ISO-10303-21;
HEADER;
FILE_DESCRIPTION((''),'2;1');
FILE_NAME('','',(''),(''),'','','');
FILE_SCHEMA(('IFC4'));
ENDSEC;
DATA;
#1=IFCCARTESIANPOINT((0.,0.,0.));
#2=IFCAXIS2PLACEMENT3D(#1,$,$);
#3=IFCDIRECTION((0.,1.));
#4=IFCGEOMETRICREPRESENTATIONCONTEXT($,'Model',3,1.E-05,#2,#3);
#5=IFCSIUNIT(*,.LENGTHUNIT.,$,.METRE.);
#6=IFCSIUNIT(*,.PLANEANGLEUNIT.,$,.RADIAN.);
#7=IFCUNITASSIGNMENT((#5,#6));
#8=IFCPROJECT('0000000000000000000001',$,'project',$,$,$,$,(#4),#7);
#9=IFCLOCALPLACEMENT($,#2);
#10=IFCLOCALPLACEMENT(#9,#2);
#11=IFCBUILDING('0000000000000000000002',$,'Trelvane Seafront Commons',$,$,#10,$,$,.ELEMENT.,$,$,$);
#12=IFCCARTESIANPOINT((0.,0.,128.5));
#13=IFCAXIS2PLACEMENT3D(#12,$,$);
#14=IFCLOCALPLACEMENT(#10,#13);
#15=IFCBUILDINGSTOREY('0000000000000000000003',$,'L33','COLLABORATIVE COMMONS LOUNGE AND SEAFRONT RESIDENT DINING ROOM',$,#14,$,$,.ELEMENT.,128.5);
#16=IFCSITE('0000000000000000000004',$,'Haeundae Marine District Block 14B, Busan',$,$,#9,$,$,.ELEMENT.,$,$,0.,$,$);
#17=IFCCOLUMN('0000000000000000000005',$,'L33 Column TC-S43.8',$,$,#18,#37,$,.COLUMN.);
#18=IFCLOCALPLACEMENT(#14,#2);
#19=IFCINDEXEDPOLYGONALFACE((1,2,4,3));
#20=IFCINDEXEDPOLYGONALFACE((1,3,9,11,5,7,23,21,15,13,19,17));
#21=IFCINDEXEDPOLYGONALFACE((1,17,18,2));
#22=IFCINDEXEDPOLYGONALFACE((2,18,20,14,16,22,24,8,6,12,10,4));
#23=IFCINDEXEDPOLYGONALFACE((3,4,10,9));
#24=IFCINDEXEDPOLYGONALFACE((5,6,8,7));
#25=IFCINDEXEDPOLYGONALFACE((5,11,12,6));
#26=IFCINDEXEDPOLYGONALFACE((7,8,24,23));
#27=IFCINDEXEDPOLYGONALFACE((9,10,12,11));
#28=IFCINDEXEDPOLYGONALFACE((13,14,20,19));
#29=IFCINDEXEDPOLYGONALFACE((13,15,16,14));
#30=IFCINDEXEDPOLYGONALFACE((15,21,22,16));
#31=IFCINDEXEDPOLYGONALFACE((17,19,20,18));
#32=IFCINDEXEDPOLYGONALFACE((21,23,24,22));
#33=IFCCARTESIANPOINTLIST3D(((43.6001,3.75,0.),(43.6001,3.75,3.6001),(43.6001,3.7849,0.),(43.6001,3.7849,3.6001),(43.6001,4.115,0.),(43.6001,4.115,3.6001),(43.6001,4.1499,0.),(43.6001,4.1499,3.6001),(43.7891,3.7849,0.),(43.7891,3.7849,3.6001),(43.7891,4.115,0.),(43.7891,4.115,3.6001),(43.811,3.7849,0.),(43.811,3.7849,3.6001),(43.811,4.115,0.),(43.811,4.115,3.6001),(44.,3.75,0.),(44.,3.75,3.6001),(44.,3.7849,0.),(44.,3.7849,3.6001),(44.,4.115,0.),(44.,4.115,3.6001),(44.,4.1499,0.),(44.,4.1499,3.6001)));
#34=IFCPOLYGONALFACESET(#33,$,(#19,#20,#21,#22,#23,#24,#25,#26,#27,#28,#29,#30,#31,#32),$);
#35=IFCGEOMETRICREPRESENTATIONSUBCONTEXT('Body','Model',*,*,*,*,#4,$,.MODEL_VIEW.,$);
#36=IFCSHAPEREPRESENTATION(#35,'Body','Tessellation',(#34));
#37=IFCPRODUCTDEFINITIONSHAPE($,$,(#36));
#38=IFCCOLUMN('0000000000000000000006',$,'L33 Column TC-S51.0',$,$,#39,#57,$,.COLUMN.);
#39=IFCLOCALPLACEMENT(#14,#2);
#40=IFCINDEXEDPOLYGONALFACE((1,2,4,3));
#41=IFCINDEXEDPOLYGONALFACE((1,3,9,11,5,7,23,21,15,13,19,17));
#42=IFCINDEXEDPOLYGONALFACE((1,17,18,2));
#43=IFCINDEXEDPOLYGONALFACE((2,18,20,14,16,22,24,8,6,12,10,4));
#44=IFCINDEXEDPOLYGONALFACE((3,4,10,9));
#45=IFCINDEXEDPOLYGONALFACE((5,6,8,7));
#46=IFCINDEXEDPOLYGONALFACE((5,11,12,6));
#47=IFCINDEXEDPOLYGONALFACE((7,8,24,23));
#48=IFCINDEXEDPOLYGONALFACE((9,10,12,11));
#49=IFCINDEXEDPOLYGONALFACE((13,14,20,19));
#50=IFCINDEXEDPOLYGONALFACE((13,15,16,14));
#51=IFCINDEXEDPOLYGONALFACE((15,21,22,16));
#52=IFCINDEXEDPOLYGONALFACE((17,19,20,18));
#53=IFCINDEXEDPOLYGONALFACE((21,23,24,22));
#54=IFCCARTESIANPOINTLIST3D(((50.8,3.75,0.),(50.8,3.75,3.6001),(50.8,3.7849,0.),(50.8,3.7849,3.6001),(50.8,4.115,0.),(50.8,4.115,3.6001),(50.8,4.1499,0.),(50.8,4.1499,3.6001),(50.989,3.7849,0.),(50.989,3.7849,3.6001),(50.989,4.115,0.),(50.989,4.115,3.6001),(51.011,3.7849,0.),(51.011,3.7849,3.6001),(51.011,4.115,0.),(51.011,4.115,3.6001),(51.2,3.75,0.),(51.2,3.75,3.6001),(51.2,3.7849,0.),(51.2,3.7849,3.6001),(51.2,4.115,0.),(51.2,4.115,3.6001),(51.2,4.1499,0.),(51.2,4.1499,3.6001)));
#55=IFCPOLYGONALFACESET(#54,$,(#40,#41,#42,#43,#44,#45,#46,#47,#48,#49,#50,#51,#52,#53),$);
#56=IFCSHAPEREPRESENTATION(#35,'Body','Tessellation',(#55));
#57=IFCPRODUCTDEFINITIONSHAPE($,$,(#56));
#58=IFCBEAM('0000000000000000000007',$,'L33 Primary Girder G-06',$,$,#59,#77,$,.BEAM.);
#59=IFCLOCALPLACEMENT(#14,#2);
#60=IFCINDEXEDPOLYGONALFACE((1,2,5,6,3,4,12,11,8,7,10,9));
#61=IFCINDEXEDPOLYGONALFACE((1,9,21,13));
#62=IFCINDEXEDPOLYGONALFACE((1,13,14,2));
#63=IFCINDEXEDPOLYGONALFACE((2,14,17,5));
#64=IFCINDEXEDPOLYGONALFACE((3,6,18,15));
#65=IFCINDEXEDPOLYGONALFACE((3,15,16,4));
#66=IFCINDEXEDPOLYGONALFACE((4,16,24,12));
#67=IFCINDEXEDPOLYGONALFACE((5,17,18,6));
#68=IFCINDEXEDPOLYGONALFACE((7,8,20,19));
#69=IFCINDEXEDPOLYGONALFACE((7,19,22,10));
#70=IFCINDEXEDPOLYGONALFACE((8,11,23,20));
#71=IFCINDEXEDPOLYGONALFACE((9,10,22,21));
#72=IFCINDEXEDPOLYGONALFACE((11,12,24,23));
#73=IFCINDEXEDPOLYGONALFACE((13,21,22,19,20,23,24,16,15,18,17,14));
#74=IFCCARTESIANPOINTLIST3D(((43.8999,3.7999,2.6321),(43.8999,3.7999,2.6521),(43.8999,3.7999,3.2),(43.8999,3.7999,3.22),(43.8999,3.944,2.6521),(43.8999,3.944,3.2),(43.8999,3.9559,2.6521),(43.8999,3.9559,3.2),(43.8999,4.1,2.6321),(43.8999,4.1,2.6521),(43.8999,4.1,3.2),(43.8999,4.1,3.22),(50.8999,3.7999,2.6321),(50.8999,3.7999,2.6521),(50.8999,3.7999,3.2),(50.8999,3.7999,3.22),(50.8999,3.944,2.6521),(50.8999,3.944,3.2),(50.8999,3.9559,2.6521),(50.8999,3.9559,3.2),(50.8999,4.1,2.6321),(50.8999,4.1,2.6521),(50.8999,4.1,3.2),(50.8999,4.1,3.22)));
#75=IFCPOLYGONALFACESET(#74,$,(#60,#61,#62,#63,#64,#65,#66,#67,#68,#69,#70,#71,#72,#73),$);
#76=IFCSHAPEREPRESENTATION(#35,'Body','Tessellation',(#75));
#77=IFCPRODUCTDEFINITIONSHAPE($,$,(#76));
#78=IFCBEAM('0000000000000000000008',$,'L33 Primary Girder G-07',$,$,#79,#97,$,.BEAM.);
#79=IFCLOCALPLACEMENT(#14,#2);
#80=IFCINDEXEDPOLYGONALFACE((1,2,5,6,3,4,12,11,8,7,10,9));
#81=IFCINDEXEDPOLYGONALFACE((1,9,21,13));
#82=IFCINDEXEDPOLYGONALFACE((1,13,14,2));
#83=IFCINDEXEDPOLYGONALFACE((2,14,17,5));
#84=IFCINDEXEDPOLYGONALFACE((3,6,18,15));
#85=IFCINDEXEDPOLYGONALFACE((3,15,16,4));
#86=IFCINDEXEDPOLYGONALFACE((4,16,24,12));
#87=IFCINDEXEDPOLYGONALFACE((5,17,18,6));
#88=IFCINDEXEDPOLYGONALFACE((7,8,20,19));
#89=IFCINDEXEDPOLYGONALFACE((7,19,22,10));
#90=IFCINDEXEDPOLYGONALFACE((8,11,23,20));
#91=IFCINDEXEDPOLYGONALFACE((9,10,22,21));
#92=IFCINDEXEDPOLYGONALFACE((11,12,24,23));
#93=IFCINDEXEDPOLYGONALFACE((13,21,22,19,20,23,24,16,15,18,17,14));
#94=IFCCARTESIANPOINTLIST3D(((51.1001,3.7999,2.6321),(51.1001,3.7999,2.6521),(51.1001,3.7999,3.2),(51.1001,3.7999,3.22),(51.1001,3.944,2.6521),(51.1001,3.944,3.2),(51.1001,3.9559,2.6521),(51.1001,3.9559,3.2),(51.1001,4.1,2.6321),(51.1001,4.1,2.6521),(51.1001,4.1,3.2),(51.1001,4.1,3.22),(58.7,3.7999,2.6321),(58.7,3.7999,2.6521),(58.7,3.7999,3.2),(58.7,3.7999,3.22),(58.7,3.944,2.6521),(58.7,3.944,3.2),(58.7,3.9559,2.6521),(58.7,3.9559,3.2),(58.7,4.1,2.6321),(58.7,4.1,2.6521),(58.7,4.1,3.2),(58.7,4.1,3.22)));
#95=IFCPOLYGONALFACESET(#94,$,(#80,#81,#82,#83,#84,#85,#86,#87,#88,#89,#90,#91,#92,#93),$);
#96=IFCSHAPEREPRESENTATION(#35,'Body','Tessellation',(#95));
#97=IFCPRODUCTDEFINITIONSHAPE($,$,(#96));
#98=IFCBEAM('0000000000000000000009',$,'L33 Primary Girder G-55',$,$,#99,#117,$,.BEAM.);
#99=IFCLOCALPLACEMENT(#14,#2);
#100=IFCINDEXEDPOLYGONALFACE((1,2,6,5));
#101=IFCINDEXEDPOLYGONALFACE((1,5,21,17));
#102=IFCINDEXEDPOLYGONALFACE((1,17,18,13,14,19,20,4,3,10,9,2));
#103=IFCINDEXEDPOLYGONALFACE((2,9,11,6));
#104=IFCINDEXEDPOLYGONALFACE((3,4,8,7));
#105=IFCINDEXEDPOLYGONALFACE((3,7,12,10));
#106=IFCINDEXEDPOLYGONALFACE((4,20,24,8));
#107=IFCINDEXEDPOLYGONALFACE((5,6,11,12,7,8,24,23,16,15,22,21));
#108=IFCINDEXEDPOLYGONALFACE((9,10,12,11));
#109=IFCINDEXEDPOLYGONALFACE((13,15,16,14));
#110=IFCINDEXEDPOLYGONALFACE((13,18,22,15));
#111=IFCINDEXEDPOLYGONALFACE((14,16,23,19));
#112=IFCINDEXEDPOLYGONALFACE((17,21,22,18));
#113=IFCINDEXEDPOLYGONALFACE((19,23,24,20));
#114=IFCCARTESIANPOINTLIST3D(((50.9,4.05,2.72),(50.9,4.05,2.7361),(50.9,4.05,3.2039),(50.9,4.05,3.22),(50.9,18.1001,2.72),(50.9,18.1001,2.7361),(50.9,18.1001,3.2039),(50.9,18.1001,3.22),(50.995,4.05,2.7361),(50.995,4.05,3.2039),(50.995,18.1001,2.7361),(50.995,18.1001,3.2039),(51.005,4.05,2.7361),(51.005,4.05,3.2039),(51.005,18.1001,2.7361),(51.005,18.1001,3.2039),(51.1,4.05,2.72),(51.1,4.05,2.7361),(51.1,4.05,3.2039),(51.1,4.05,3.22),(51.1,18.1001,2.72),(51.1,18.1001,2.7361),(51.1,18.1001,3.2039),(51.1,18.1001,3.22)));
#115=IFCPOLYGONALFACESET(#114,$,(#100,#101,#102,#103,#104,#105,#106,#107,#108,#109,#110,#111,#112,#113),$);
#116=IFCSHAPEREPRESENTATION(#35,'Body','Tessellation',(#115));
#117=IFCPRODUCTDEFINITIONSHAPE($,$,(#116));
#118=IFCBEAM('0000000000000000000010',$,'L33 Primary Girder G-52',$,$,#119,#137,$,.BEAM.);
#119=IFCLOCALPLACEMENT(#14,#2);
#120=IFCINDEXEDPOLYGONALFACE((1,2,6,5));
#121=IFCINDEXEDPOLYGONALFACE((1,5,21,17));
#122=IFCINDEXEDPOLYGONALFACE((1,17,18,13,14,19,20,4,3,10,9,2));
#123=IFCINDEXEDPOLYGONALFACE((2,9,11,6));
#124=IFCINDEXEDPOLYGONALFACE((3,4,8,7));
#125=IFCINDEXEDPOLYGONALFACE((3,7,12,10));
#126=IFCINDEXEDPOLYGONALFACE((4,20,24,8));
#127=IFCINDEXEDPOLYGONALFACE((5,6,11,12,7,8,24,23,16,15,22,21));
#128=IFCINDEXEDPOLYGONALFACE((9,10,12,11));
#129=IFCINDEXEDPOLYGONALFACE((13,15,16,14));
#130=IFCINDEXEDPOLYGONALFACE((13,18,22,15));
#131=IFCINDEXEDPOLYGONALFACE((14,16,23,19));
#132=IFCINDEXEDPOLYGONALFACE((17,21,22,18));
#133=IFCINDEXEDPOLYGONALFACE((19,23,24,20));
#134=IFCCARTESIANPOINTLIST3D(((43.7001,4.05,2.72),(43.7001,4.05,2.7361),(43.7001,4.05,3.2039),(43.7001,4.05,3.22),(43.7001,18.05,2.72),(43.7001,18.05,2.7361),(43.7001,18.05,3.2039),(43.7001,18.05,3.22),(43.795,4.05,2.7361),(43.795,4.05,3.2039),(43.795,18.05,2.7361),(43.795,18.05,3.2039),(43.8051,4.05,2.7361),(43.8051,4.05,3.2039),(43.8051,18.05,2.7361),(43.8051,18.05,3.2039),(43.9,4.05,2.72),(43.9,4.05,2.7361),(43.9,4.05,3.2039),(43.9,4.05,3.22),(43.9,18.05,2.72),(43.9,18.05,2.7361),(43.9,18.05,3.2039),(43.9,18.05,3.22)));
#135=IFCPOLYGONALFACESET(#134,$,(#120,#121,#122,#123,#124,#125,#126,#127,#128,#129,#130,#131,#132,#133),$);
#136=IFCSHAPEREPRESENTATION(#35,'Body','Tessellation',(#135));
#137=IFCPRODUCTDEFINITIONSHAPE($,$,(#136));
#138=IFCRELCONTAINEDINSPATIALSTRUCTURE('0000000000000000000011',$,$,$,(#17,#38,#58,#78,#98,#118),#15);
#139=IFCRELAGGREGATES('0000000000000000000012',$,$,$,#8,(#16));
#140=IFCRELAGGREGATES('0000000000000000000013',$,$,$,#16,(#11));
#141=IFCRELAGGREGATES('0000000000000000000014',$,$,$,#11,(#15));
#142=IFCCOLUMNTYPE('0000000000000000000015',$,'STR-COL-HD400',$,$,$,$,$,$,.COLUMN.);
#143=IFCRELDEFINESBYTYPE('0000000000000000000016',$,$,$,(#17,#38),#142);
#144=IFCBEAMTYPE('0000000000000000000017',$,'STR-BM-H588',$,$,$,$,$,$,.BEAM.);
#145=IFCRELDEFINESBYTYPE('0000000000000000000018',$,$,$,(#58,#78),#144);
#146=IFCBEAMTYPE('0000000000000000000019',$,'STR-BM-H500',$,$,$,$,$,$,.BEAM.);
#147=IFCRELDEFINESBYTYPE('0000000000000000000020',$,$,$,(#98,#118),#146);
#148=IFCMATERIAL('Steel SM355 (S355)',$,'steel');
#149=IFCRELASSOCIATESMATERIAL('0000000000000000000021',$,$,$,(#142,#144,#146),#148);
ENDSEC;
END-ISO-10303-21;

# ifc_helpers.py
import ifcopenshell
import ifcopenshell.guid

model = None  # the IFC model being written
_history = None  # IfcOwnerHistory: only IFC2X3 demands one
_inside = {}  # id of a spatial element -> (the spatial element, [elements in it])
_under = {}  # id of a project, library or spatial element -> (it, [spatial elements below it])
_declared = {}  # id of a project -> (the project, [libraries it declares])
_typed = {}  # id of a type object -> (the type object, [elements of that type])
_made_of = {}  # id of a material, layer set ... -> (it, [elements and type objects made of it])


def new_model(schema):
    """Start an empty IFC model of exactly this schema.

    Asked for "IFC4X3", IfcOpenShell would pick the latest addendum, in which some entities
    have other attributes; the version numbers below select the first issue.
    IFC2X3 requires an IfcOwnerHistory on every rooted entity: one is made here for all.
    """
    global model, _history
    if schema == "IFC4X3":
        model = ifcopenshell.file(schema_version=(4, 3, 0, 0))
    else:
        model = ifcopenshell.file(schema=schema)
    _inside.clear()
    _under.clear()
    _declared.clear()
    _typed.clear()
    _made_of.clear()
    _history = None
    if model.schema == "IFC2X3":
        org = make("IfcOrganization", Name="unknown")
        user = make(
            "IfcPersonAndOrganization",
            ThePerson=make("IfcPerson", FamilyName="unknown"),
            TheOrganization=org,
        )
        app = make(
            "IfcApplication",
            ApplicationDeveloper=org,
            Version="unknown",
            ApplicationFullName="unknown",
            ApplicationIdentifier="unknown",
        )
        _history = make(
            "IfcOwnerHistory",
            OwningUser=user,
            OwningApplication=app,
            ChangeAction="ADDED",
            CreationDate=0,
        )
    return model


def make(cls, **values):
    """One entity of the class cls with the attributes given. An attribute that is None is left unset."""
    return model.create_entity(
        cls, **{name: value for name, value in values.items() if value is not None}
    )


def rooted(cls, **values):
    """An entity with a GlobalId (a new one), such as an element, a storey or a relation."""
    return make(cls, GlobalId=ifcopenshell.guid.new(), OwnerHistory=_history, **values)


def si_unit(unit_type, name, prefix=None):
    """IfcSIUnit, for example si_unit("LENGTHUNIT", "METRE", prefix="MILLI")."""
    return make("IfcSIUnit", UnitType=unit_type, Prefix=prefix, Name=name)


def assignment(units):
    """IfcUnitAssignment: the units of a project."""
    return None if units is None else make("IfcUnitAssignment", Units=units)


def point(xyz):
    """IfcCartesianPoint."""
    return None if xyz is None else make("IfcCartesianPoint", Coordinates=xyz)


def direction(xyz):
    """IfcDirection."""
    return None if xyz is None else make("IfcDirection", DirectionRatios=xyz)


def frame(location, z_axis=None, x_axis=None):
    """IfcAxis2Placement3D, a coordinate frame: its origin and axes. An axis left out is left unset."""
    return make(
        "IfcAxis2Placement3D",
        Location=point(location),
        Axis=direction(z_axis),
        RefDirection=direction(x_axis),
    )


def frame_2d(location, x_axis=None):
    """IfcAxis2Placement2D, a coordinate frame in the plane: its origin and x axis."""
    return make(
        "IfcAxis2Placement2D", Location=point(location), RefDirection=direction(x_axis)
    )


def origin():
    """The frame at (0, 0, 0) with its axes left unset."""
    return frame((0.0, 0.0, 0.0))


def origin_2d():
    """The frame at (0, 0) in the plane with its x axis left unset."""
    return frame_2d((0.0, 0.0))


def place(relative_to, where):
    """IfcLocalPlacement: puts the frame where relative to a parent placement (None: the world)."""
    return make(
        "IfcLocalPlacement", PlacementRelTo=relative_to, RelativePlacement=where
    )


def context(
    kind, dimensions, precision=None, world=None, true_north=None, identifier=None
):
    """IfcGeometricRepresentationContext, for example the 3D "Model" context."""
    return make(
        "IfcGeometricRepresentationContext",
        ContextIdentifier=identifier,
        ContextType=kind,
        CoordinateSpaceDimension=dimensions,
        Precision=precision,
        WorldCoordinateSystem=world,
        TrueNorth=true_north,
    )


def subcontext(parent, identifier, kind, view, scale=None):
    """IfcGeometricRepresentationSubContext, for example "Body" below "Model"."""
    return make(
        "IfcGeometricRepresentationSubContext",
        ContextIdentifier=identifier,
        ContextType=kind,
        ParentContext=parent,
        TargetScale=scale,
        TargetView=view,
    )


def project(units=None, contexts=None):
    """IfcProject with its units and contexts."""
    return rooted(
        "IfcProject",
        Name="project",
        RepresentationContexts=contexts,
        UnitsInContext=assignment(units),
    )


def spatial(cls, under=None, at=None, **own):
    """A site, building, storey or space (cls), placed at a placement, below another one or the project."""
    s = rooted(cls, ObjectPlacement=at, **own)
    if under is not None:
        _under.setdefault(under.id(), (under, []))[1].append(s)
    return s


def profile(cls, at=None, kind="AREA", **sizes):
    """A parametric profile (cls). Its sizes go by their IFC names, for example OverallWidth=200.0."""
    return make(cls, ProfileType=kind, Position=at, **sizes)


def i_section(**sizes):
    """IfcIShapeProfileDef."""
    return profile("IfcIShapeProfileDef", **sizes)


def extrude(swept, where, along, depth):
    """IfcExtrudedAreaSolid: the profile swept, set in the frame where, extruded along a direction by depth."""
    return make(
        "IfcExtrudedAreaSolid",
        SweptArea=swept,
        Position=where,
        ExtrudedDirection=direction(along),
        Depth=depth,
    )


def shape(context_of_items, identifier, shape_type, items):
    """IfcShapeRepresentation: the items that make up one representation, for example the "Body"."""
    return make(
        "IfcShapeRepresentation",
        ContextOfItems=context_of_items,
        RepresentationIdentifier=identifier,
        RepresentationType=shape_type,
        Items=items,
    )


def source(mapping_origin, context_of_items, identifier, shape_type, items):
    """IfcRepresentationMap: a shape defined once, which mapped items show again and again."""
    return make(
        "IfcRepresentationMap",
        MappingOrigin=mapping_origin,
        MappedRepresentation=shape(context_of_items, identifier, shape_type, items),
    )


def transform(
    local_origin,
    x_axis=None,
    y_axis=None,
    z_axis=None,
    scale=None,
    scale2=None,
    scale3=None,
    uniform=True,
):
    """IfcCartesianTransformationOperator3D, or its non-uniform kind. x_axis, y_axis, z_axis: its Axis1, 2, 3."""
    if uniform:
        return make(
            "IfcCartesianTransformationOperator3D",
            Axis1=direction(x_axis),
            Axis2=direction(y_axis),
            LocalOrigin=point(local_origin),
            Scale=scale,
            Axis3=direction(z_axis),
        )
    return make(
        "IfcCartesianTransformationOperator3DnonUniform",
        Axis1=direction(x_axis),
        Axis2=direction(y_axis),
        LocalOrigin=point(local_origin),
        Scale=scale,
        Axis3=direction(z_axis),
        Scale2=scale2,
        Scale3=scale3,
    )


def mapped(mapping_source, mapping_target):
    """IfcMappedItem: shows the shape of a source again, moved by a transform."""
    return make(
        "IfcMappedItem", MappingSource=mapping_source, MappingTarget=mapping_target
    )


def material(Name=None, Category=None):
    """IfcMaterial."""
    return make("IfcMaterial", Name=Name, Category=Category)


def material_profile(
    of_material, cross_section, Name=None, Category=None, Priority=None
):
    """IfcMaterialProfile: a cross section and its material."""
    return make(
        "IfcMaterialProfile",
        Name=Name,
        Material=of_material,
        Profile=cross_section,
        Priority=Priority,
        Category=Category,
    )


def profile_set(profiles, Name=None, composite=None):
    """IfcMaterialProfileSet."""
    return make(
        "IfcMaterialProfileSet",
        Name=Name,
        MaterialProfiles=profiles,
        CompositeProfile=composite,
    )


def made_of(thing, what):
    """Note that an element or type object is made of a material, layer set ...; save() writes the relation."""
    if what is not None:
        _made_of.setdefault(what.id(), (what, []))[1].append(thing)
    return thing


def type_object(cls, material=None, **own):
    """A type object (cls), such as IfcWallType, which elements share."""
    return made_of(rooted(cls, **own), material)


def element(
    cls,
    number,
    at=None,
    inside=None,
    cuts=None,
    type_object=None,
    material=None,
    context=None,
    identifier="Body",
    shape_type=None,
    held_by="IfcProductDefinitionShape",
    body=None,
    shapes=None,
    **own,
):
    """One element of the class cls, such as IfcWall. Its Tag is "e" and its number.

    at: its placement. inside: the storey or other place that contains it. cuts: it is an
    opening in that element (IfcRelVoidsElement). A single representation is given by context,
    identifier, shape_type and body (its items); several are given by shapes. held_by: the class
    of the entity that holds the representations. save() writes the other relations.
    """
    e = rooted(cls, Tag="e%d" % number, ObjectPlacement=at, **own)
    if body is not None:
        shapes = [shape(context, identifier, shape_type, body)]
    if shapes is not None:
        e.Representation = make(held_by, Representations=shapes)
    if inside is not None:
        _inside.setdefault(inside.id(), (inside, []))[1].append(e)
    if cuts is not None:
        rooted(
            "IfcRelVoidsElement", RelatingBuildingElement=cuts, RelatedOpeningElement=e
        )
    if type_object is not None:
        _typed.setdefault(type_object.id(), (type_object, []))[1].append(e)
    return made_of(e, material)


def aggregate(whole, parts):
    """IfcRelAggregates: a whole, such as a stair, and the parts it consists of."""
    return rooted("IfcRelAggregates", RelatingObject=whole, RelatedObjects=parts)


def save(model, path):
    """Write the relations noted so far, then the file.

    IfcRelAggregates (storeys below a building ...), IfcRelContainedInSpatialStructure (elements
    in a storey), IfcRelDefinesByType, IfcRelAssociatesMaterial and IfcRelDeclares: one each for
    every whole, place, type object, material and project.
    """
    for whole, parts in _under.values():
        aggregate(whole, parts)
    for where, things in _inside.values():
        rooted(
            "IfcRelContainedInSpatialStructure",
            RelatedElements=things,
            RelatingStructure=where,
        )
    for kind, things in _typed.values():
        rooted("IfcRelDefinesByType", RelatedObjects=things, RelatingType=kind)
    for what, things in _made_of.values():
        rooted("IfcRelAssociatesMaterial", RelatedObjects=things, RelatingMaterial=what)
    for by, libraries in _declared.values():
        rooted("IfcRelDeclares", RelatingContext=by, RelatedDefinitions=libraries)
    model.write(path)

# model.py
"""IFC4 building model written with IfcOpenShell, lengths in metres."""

from ifc_helpers import new_model, si_unit, direction, frame, origin, origin_2d, place, context, subcontext, project, spatial, i_section, extrude, source, transform, mapped, material, material_profile, profile_set, type_object, element, save


model = new_model("IFC4")

# Units and contexts
model_context = context("Model", 3, precision=1e-05, world=origin(), true_north=direction((0.0, 1.0)))
body_context = subcontext(model_context, "Body", "Model", "MODEL_VIEW")
ifc_project = project(units=[si_unit("LENGTHUNIT", "METRE"), si_unit("PLANEANGLEUNIT", "RADIAN")], contexts=[model_context])

# Site, building, storey
site_placement = place(None, origin())
site = spatial("IfcSite", under=ifc_project, at=site_placement, Name="Haeundae Marine District Block 14B, Busan", CompositionType="ELEMENT", RefElevation=0.0)
building_placement = place(site_placement, origin())
building = spatial("IfcBuilding", under=site, at=building_placement, Name="Trelvane Seafront Commons", CompositionType="ELEMENT")
storey_placement = place(building_placement, frame((0.0, 0.0, 128.5)))
storey = spatial("IfcBuildingStorey", under=building, at=storey_placement, Name="L33", Description="COLLABORATIVE COMMONS LOUNGE AND SEAFRONT RESIDENT DINING ROOM", CompositionType="ELEMENT", Elevation=128.5)

# Columns
ifc_material_1 = material(Name="Steel SM355 (S355)", Category="steel")
ifc_material_profile_1 = material_profile(ifc_material_1, i_section(OverallWidth=0.3999, OverallDepth=0.3999, WebThickness=0.022, FlangeThickness=0.0349, at=origin_2d()), Name="HD-400x400x22x35")
ifc_profile_set_1 = profile_set([ifc_material_profile_1], Name="Steel SM355 (S355)")
column_type = type_object("IfcColumnType", Name="STR-COL-HD400", PredefinedType="COLUMN", material=ifc_profile_set_1)
shared_shape_1 = source(origin(), body_context, "Body", "SweptSolid", [
    extrude(i_section(OverallWidth=0.3999, OverallDepth=0.3999, WebThickness=0.022, FlangeThickness=0.0349, at=origin_2d()), origin(), (0.0, 0.0, 1.0), 3.6001),
])
for number, where, z_axis, x_axis, name in (
    (1, (43.8, 3.95, 0.0), (0.0, 0.0, 1.0), (1.0, 0.0, 0.0), "L33 Column TC-S43.8"),
    (2, (51.0, 3.95, 0.0), (0.0, 0.0, 1.0), (1.0, 0.0, 0.0), "L33 Column TC-S51.0"),
):
    element("IfcColumn", number, at=place(storey_placement, frame(where, z_axis=z_axis, x_axis=x_axis)), inside=storey, type_object=column_type, Name=name, PredefinedType="COLUMN", context=body_context, shape_type="MappedRepresentation", body=[
        mapped(shared_shape_1, transform((0.0, 0.0, 0.0), x_axis=(1.0, 0.0, 0.0), y_axis=(0.0, 1.0, 0.0), z_axis=(0.0, 0.0, 1.0), scale=1.0)),
    ])

# Beams
ifc_material_profile_2 = material_profile(ifc_material_1, i_section(OverallWidth=0.3, OverallDepth=0.5879, WebThickness=0.012, FlangeThickness=0.02, at=origin_2d()), Name="H-588x300x12x20")
ifc_profile_set_2 = profile_set([ifc_material_profile_2], Name="Steel SM355 (S355)")
beam_type_1 = type_object("IfcBeamType", Name="STR-BM-H588", PredefinedType="BEAM", material=ifc_profile_set_2)
shared_shape_2 = source(origin(), body_context, "Body", "SweptSolid", [
    extrude(i_section(OverallWidth=0.3, OverallDepth=0.5879, WebThickness=0.012, FlangeThickness=0.02, at=origin_2d()), origin(), (0.0, 0.0, 1.0), 7.0),
])
beam_1_placement = place(storey_placement, frame((43.8999, 3.95, 2.926), z_axis=(1.0, 0.0, 0.0), x_axis=(0.0, 1.0, 0.0)))
element("IfcBeam", 3, at=beam_1_placement, inside=storey, type_object=beam_type_1, Name="L33 Primary Girder G-06", PredefinedType="BEAM", context=body_context, shape_type="MappedRepresentation", body=[
    mapped(shared_shape_2, transform((0.0, 0.0, 0.0), x_axis=(1.0, 0.0, 0.0), y_axis=(0.0, 1.0, 0.0), z_axis=(0.0, 0.0, 1.0), scale=1.0)),
])
shared_shape_3 = source(origin(), body_context, "Body", "SweptSolid", [
    extrude(i_section(OverallWidth=0.3, OverallDepth=0.5879, WebThickness=0.012, FlangeThickness=0.02, at=origin_2d()), origin(), (0.0, 0.0, 1.0), 7.5999),
])
beam_2_placement = place(storey_placement, frame((51.1001, 3.95, 2.926), z_axis=(1.0, 0.0, 0.0), x_axis=(0.0, 1.0, 0.0)))
element("IfcBeam", 4, at=beam_2_placement, inside=storey, type_object=beam_type_1, Name="L33 Primary Girder G-07", PredefinedType="BEAM", context=body_context, shape_type="MappedRepresentation", body=[
    mapped(shared_shape_3, transform((0.0, 0.0, 0.0), x_axis=(1.0, 0.0, 0.0), y_axis=(0.0, 1.0, 0.0), z_axis=(0.0, 0.0, 1.0), scale=1.0)),
])
ifc_material_profile_3 = material_profile(ifc_material_1, i_section(OverallWidth=0.2, OverallDepth=0.5, WebThickness=0.01, FlangeThickness=0.0161, at=origin_2d()), Name="H-500x200x10x16")
ifc_profile_set_3 = profile_set([ifc_material_profile_3], Name="Steel SM355 (S355)")
beam_type_2 = type_object("IfcBeamType", Name="STR-BM-H500", PredefinedType="BEAM", material=ifc_profile_set_3)
shared_shape_4 = source(origin(), body_context, "Body", "SweptSolid", [
    extrude(i_section(OverallWidth=0.2, OverallDepth=0.5, WebThickness=0.01, FlangeThickness=0.0161, at=origin_2d()), origin(), (0.0, 0.0, 1.0), 14.05),
])
beam_3_placement = place(storey_placement, frame((51.0, 4.05, 2.97), z_axis=(0.0, 1.0, 0.0), x_axis=(-1.0, 0.0, 0.0)))
element("IfcBeam", 5, at=beam_3_placement, inside=storey, type_object=beam_type_2, Name="L33 Primary Girder G-55", PredefinedType="BEAM", context=body_context, shape_type="MappedRepresentation", body=[
    mapped(shared_shape_4, transform((0.0, 0.0, 0.0), x_axis=(1.0, 0.0, 0.0), y_axis=(0.0, 1.0, 0.0), z_axis=(0.0, 0.0, 1.0), scale=1.0)),
])
shared_shape_5 = source(origin(), body_context, "Body", "SweptSolid", [
    extrude(i_section(OverallWidth=0.2, OverallDepth=0.5, WebThickness=0.01, FlangeThickness=0.0161, at=origin_2d()), origin(), (0.0, 0.0, 1.0), 14.0),
])
beam_4_placement = place(storey_placement, frame((43.8, 4.05, 2.97), z_axis=(0.0, 1.0, 0.0), x_axis=(-1.0, 0.0, 0.0)))
element("IfcBeam", 6, at=beam_4_placement, inside=storey, type_object=beam_type_2, Name="L33 Primary Girder G-52", PredefinedType="BEAM", context=body_context, shape_type="MappedRepresentation", body=[
    mapped(shared_shape_5, transform((0.0, 0.0, 0.0), x_axis=(1.0, 0.0, 0.0), y_axis=(0.0, 1.0, 0.0), z_axis=(0.0, 0.0, 1.0), scale=1.0)),
])

save(model, "model.ifc")
